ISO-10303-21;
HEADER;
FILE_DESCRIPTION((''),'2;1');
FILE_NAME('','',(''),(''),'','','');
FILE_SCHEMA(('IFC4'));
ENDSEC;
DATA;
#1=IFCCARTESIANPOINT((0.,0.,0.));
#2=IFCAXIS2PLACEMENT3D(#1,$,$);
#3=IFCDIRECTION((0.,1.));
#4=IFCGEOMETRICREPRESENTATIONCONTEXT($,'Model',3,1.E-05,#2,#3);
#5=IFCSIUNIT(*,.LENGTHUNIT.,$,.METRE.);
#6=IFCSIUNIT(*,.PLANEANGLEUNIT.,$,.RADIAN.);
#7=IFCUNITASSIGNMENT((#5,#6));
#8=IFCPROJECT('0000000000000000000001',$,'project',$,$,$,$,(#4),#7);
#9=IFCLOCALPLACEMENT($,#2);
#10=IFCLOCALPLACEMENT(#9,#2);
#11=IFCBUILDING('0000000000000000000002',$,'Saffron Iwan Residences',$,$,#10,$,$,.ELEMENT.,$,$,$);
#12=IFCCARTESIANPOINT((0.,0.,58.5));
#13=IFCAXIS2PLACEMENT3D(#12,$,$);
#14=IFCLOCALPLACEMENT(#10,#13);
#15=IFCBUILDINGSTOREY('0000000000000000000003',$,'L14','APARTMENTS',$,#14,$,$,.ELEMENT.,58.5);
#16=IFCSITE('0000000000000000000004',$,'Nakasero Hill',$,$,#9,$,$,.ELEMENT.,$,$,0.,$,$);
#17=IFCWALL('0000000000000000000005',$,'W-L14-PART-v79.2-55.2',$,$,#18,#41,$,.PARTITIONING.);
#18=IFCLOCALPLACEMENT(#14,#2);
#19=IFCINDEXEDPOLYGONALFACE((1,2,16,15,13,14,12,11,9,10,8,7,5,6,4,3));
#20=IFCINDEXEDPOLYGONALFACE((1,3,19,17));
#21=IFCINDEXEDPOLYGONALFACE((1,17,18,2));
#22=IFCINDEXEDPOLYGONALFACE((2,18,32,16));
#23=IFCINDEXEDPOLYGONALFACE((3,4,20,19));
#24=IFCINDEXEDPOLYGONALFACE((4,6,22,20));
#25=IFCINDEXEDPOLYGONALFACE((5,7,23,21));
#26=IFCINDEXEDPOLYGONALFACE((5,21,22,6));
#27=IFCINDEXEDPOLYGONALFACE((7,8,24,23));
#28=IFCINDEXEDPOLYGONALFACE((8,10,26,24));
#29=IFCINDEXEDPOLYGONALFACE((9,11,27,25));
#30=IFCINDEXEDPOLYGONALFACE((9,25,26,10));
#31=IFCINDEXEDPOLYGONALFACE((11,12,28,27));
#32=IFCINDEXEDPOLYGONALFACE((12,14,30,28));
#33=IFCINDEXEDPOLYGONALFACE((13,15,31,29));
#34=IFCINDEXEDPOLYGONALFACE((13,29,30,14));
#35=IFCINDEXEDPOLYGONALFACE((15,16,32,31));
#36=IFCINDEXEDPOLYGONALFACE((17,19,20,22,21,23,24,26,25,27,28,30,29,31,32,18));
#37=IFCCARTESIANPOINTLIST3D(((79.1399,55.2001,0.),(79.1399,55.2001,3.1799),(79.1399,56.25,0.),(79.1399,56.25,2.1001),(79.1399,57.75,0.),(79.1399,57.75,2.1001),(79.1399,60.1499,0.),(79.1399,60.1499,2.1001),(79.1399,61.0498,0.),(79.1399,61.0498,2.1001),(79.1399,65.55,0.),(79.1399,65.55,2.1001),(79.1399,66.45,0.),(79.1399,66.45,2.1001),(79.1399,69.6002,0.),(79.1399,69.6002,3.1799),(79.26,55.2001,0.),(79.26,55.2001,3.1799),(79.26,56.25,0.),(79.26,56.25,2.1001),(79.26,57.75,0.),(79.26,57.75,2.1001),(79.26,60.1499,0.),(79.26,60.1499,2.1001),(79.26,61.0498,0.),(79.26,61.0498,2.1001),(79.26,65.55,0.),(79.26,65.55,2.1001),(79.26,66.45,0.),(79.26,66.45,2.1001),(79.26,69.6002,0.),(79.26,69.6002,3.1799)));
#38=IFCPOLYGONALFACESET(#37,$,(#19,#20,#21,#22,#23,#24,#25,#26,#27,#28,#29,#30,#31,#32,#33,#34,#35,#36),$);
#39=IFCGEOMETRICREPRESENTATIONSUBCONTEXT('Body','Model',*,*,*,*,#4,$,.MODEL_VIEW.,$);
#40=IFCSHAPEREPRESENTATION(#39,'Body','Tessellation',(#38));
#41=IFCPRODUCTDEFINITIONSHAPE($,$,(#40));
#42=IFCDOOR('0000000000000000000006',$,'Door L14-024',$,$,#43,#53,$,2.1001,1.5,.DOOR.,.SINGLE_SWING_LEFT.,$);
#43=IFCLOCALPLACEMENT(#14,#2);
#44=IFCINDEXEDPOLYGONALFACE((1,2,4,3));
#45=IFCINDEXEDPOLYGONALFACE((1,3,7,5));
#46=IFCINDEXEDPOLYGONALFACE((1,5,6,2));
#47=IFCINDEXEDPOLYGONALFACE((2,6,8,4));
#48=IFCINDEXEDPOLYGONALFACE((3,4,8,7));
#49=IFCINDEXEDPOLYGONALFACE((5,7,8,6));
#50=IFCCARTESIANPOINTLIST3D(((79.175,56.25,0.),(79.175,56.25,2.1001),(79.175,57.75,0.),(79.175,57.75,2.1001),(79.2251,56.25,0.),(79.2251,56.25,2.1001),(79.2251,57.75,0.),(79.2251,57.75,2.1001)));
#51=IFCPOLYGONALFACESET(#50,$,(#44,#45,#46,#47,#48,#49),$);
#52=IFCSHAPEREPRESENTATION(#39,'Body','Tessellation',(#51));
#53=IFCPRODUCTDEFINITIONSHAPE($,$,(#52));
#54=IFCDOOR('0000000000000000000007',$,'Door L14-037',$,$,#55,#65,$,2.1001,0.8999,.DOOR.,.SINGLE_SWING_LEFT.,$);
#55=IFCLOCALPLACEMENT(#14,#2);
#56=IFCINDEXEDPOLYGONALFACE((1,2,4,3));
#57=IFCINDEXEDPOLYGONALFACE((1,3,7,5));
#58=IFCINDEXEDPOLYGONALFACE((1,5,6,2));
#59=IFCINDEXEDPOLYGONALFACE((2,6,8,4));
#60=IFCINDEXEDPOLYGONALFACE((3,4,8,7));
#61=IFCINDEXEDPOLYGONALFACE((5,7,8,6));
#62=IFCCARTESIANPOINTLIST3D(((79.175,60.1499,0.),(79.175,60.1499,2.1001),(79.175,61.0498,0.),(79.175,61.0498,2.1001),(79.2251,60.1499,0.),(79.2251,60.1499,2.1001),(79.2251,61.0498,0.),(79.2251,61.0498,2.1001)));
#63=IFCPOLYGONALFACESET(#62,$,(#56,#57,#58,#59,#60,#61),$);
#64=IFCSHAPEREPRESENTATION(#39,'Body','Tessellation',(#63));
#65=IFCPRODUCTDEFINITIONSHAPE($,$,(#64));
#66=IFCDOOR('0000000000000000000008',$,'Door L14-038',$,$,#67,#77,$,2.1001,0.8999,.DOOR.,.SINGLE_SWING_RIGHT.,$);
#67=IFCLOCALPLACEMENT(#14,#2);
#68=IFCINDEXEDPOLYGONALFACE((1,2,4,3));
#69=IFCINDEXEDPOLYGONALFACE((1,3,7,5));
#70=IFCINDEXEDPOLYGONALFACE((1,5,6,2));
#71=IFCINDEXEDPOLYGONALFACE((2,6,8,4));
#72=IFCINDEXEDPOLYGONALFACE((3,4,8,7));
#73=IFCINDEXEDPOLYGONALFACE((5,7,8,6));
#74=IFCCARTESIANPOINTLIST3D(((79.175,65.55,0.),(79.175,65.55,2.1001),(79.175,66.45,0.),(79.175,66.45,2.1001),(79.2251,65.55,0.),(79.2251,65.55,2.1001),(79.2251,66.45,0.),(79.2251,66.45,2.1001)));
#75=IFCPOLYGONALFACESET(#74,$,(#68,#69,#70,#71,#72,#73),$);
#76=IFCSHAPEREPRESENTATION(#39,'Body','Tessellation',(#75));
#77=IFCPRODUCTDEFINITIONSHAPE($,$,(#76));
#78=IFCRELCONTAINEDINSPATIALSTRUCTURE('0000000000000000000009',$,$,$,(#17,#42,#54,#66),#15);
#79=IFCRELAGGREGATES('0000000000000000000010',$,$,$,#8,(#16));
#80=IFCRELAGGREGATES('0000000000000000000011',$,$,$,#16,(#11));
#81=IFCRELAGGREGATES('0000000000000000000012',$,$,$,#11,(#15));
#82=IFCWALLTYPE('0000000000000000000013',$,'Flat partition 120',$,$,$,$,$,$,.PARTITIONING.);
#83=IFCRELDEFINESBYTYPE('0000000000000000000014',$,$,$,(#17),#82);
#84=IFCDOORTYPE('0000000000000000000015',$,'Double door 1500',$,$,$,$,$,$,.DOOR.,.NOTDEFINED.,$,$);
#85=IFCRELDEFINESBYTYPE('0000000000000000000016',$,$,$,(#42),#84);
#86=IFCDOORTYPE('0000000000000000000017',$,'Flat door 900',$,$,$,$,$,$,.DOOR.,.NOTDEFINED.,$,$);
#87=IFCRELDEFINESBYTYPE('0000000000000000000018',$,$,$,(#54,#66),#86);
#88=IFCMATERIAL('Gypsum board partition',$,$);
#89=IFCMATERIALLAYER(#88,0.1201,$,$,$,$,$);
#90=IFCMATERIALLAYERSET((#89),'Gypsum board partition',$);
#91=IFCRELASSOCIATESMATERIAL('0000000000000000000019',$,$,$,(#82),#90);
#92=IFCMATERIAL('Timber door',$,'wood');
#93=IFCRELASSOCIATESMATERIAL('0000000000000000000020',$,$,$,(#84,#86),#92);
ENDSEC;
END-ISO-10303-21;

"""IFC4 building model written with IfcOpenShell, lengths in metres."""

from ifc_helpers import new_model, si_unit, direction, frame, frame_2d, origin, place, context, subcontext, project, spatial, rectangle, extrude, material, layer, layer_set, type_object, element, fill, save


model = new_model("IFC4")

# Units and contexts
model_context = context("Model", 3, precision=1e-05, world=origin(), true_north=direction((0.0, 1.0)))
body_context = subcontext(model_context, "Body", "Model", "MODEL_VIEW")
ifc_project = project(units=[si_unit("LENGTHUNIT", "METRE"), si_unit("PLANEANGLEUNIT", "RADIAN")], contexts=[model_context])

# Site, building, storey
site_placement = place(None, origin())
site = spatial("IfcSite", under=ifc_project, at=site_placement, Name="Nakasero Hill", CompositionType="ELEMENT", RefElevation=0.0)
building_placement = place(site_placement, origin())
building = spatial("IfcBuilding", under=site, at=building_placement, Name="Saffron Iwan Residences", CompositionType="ELEMENT")
storey_placement = place(building_placement, frame((0.0, 0.0, 58.5)))
storey = spatial("IfcBuildingStorey", under=building, at=storey_placement, Name="L14", Description="APARTMENTS", CompositionType="ELEMENT", Elevation=58.5)

# Shared definitions
ifc_material_1 = material(Name="Gypsum board partition")
ifc_layer_1 = layer(ifc_material_1, 0.1201)
ifc_layer_set_1 = layer_set([ifc_layer_1], Name="Gypsum board partition")
wall_type_1 = type_object("IfcWallType", Name="Flat partition 120", PredefinedType="PARTITIONING", material=ifc_layer_set_1)

# Wall, openings, doors
wall_1_placement = place(storey_placement, frame((79.2, 55.2, 0.0), z_axis=(0.0, 0.0, 1.0), x_axis=(0.0, 1.0, 0.0)))
wall_1 = element("IfcWall", 1, at=wall_1_placement, inside=storey, type_object=wall_type_1, Name="W-L14-PART-v79.2-55.2", PredefinedType="PARTITIONING", context=body_context, shape_type="SweptSolid", body=[
    extrude(rectangle(XDim=14.4001, YDim=0.1201, at=frame_2d((7.2002, 0.0))), origin(), (0.0, 0.0, 1.0), 3.1799),
])
opening_1_placement = place(wall_1_placement, frame((1.05, 0.0, 0.0)))
opening_1 = element("IfcOpeningElement", 2, at=opening_1_placement, cuts=wall_1, PredefinedType="OPENING", context=body_context, shape_type="SweptSolid", body=[
    extrude(rectangle(XDim=1.5, YDim=2.1001, at=frame_2d((0.75, 1.05))), frame((0.0, 0.0701, 0.0), z_axis=(0.0, -1.0, 0.0), x_axis=(1.0, 0.0, 0.0)), (0.0, 0.0, 1.0), 0.1401),
])
opening_2_placement = place(wall_1_placement, frame((4.95, 0.0, 0.0)))
opening_2 = element("IfcOpeningElement", 3, at=opening_2_placement, cuts=wall_1, PredefinedType="OPENING", context=body_context, shape_type="SweptSolid", body=[
    extrude(rectangle(XDim=0.8999, YDim=2.1001, at=frame_2d((0.45, 1.05))), frame((0.0, 0.0701, 0.0), z_axis=(0.0, -1.0, 0.0), x_axis=(1.0, 0.0, 0.0)), (0.0, 0.0, 1.0), 0.1401),
])
opening_3_placement = place(wall_1_placement, frame((10.3501, 0.0, 0.0)))
opening_3 = element("IfcOpeningElement", 4, at=opening_3_placement, cuts=wall_1, PredefinedType="OPENING", context=body_context, shape_type="SweptSolid", body=[
    extrude(rectangle(XDim=0.8999, YDim=2.1001, at=frame_2d((0.45, 1.05))), frame((0.0, 0.0701, 0.0), z_axis=(0.0, -1.0, 0.0), x_axis=(1.0, 0.0, 0.0)), (0.0, 0.0, 1.0), 0.1401),
])
ifc_material_2 = material(Name="Timber door", Category="wood")
door_type_1 = type_object("IfcDoorType", Name="Double door 1500", OperationType="NOTDEFINED", PredefinedType="DOOR", material=ifc_material_2)
door_1_placement = place(opening_1_placement, origin())
door_1 = element("IfcDoor", 5, at=door_1_placement, inside=storey, type_object=door_type_1, Name="Door L14-024", OperationType="SINGLE_SWING_LEFT", OverallHeight=2.1001, OverallWidth=1.5, PredefinedType="DOOR", context=body_context, shape_type="SweptSolid", body=[
    extrude(rectangle(XDim=1.5, YDim=2.1001, at=frame_2d((0.75, 1.05))), frame((0.0, 0.0249, 0.0), z_axis=(0.0, -1.0, 0.0), x_axis=(1.0, 0.0, 0.0)), (0.0, 0.0, 1.0), 0.05),
])
fill(opening_1, door_1)
door_type_2 = type_object("IfcDoorType", Name="Flat door 900", OperationType="NOTDEFINED", PredefinedType="DOOR", material=ifc_material_2)
door_2_placement = place(opening_2_placement, origin())
door_2 = element("IfcDoor", 6, at=door_2_placement, inside=storey, type_object=door_type_2, Name="Door L14-037", OperationType="SINGLE_SWING_LEFT", OverallHeight=2.1001, OverallWidth=0.8999, PredefinedType="DOOR", context=body_context, shape_type="SweptSolid", body=[
    extrude(rectangle(XDim=0.8999, YDim=2.1001, at=frame_2d((0.45, 1.05))), frame((0.0, 0.0249, 0.0), z_axis=(0.0, -1.0, 0.0), x_axis=(1.0, 0.0, 0.0)), (0.0, 0.0, 1.0), 0.05),
])
fill(opening_2, door_2)
door_3_placement = place(opening_3_placement, origin())
door_3 = element("IfcDoor", 7, at=door_3_placement, inside=storey, type_object=door_type_2, Name="Door L14-038", OperationType="SINGLE_SWING_RIGHT", OverallHeight=2.1001, OverallWidth=0.8999, PredefinedType="DOOR", context=body_context, shape_type="SweptSolid", body=[
    extrude(rectangle(XDim=0.8999, YDim=2.1001, at=frame_2d((0.45, 1.05))), frame((0.0, 0.0249, 0.0), z_axis=(0.0, -1.0, 0.0), x_axis=(1.0, 0.0, 0.0)), (0.0, 0.0, 1.0), 0.05),
])
fill(opening_3, door_3)

save(model, "model.ifc")
